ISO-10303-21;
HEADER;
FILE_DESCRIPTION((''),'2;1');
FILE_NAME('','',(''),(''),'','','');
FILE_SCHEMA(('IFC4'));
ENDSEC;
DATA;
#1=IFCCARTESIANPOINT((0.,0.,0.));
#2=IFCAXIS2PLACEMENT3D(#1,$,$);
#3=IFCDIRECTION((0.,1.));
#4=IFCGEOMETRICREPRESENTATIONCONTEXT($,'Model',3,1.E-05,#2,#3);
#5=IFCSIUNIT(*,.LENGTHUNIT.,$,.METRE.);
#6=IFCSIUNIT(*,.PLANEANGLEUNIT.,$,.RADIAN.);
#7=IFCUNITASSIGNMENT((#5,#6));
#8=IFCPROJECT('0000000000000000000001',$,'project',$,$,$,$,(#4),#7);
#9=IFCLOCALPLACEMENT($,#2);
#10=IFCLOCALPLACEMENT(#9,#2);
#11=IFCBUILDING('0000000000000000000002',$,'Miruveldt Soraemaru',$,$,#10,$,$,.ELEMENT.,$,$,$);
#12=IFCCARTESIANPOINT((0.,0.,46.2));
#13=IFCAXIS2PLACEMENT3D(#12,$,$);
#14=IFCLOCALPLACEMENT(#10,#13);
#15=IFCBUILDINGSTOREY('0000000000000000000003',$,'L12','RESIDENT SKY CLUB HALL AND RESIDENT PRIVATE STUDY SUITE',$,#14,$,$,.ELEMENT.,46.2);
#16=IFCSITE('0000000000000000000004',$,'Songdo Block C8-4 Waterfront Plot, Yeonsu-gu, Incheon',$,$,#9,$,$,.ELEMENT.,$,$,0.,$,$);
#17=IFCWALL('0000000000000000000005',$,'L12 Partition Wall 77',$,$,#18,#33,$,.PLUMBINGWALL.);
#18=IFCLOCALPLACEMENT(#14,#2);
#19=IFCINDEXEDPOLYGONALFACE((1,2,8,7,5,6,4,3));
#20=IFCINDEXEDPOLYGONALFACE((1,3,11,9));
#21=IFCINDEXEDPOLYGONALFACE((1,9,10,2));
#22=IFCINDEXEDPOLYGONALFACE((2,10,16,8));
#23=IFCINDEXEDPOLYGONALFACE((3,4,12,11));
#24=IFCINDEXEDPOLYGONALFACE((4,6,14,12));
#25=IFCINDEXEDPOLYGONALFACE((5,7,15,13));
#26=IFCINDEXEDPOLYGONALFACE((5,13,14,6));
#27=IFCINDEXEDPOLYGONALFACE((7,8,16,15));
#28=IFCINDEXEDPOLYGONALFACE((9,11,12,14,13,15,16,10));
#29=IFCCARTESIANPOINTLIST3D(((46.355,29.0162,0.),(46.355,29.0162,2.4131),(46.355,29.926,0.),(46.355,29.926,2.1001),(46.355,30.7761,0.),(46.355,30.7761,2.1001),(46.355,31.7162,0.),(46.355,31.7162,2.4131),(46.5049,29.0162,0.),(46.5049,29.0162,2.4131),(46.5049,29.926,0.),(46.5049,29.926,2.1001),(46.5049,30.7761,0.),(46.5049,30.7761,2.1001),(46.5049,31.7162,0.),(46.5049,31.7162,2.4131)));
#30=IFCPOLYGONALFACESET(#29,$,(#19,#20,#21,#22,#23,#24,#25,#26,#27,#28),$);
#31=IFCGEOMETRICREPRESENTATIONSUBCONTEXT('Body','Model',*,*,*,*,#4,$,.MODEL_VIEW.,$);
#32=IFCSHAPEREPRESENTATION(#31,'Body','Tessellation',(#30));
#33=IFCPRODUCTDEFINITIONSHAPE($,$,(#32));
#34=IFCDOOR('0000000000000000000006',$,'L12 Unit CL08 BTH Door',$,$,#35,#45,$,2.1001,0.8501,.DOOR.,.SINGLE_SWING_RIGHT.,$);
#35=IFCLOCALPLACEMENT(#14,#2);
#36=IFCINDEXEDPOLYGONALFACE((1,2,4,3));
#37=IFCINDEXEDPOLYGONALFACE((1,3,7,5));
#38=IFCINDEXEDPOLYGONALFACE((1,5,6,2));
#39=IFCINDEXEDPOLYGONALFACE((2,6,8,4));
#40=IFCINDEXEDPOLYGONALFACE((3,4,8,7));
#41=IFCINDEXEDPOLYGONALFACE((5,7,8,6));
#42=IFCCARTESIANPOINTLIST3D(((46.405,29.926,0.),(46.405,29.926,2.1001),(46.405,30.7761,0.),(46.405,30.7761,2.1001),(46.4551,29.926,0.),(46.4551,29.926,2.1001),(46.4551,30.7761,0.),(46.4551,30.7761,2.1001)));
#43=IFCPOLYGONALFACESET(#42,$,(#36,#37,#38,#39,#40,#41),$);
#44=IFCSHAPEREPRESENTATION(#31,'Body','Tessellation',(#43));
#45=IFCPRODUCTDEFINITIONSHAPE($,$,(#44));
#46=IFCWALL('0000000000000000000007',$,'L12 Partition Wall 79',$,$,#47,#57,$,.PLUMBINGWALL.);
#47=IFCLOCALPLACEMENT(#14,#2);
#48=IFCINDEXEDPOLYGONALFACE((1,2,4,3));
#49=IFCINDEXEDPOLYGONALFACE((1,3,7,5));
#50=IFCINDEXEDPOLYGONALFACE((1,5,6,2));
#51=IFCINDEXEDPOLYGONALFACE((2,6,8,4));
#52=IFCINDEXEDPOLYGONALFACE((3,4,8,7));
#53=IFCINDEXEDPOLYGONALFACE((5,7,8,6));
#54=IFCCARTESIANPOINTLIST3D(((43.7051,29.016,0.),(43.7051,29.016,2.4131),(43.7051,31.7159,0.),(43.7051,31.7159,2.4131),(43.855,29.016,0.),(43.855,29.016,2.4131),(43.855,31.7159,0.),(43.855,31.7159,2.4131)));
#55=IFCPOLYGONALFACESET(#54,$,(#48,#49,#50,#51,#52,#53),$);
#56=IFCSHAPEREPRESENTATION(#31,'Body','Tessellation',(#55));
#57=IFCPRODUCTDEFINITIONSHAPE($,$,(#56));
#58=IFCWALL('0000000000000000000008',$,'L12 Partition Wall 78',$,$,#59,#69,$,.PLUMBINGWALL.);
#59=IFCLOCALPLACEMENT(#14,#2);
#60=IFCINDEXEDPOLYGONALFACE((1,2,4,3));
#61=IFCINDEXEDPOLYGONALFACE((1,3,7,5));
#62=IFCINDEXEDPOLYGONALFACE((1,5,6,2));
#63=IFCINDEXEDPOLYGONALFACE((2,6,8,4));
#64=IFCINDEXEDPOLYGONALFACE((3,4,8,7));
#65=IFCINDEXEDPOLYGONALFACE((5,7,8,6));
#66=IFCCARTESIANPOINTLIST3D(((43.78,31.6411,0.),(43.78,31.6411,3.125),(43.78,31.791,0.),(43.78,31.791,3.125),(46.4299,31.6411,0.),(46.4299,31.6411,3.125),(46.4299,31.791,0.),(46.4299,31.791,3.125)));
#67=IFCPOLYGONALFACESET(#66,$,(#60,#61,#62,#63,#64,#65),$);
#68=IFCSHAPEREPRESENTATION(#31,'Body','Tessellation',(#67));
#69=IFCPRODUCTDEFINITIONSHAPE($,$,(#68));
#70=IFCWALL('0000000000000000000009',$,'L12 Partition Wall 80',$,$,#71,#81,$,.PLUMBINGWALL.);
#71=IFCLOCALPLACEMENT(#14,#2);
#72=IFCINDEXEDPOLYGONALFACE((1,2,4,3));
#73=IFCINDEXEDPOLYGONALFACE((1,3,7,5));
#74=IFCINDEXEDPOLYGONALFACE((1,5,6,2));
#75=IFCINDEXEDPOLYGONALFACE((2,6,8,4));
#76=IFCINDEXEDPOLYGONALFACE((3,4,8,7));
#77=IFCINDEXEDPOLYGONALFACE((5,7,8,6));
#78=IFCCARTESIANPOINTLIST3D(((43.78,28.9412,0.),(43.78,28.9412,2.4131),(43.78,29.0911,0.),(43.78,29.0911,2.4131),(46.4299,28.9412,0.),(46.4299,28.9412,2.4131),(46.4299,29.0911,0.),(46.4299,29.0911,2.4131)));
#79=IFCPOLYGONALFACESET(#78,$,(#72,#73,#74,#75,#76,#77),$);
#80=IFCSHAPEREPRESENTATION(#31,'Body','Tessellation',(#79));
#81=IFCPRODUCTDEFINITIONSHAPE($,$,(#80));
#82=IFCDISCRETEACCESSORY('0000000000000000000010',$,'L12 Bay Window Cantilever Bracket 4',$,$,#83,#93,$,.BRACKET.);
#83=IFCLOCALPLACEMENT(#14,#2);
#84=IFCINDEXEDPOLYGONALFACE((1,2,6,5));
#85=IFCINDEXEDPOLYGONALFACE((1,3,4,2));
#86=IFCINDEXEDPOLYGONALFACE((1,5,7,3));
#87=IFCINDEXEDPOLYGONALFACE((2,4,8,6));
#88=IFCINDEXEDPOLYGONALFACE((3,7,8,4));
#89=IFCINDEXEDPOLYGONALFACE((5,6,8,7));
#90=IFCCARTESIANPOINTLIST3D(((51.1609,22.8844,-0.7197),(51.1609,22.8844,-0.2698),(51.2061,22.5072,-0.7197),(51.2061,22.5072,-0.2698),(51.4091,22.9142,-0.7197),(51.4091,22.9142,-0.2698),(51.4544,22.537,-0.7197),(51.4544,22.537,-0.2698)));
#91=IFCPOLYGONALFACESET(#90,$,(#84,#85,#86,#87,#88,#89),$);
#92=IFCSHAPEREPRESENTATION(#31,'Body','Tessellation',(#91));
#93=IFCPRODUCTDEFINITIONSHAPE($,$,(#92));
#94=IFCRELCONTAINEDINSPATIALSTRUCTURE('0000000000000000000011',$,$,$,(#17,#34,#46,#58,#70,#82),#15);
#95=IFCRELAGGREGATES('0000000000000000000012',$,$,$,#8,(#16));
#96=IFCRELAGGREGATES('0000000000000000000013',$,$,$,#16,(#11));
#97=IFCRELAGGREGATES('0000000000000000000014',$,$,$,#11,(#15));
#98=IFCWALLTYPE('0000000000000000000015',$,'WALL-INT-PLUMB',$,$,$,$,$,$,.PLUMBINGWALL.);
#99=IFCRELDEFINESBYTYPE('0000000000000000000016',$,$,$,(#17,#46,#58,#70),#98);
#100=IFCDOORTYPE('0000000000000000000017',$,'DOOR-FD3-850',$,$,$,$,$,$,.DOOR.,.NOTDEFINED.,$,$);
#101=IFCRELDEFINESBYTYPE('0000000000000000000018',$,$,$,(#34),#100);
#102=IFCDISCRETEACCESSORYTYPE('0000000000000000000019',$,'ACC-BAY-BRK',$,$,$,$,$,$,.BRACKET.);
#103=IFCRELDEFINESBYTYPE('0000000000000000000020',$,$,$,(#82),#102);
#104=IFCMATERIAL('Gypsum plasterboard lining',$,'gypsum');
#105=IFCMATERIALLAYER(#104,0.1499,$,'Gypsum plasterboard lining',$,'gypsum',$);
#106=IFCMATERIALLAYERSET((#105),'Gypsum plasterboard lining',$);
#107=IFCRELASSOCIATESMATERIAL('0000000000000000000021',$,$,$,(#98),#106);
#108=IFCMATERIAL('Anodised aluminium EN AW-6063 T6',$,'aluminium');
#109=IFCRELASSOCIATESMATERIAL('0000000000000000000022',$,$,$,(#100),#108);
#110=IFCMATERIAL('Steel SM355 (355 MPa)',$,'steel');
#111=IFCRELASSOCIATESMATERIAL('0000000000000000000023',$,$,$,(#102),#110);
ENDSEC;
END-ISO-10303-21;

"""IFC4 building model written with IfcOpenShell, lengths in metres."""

from ifc_helpers import new_model, si_unit, direction, frame, frame_2d, origin, origin_2d, place, context, subcontext, project, spatial, rectangle, extrude, material, layer, layer_set, type_object, element, fill, save


model = new_model("IFC4")

# Units and contexts
model_context = context("Model", 3, precision=1e-05, world=origin(), true_north=direction((0.0, 1.0)))
body_context = subcontext(model_context, "Body", "Model", "MODEL_VIEW")
ifc_project = project(units=[si_unit("LENGTHUNIT", "METRE"), si_unit("PLANEANGLEUNIT", "RADIAN")], contexts=[model_context])

# Site, building, storey
site_placement = place(None, origin())
site = spatial("IfcSite", under=ifc_project, at=site_placement, Name="Songdo Block C8-4 Waterfront Plot, Yeonsu-gu, Incheon", CompositionType="ELEMENT", RefElevation=0.0)
building_placement = place(site_placement, origin())
building = spatial("IfcBuilding", under=site, at=building_placement, Name="Miruveldt Soraemaru", CompositionType="ELEMENT")
storey_placement = place(building_placement, frame((0.0, 0.0, 46.2)))
storey = spatial("IfcBuildingStorey", under=building, at=storey_placement, Name="L12", Description="RESIDENT SKY CLUB HALL AND RESIDENT PRIVATE STUDY SUITE", CompositionType="ELEMENT", Elevation=46.2)

# Shared definitions
ifc_material_1 = material(Name="Steel SM355 (355 MPa)", Category="steel")

# Wall, opening, door
ifc_material_2 = material(Name="Gypsum plasterboard lining", Category="gypsum")
ifc_layer_1 = layer(ifc_material_2, 0.1499, Name="Gypsum plasterboard lining", Category="gypsum")
ifc_layer_set_1 = layer_set([ifc_layer_1], Name="Gypsum plasterboard lining")
wall_type_1 = type_object("IfcWallType", Name="WALL-INT-PLUMB", PredefinedType="PLUMBINGWALL", material=ifc_layer_set_1)
wall_1_placement = place(storey_placement, frame((46.4299, 29.0161, 0.0), z_axis=(0.0, 0.0, 1.0), x_axis=(0.0, 1.0, 0.0)))
wall_1 = element("IfcWall", 1, at=wall_1_placement, inside=storey, type_object=wall_type_1, Name="L12 Partition Wall 77", PredefinedType="PLUMBINGWALL", context=body_context, shape_type="SweptSolid", body=[
    extrude(rectangle(XDim=2.7, YDim=0.1499, at=frame_2d((1.3501, 0.0))), origin(), (0.0, 0.0, 1.0), 2.4131),
])
opening_1_placement = place(wall_1_placement, frame((0.9099, 0.0, 0.0)))
opening_1 = element("IfcOpeningElement", 2, at=opening_1_placement, cuts=wall_1, PredefinedType="OPENING", context=body_context, shape_type="SweptSolid", body=[
    extrude(rectangle(XDim=0.8501, YDim=2.1001, at=frame_2d((0.425, 1.05))), frame((0.0, 0.085, 0.0), z_axis=(0.0, -1.0, 0.0), x_axis=(1.0, 0.0, 0.0)), (0.0, 0.0, 1.0), 0.1699),
])
ifc_material_3 = material(Name="Anodised aluminium EN AW-6063 T6", Category="aluminium")
door_type = type_object("IfcDoorType", Name="DOOR-FD3-850", OperationType="NOTDEFINED", PredefinedType="DOOR", material=ifc_material_3)
door_placement = place(opening_1_placement, origin())
door = element("IfcDoor", 3, at=door_placement, inside=storey, type_object=door_type, Name="L12 Unit CL08 BTH Door", OperationType="SINGLE_SWING_RIGHT", OverallHeight=2.1001, OverallWidth=0.8501, PredefinedType="DOOR", context=body_context, shape_type="SweptSolid", body=[
    extrude(rectangle(XDim=0.8501, YDim=2.1001, at=frame_2d((0.425, 1.05))), frame((0.0, 0.0249, 0.0), z_axis=(0.0, -1.0, 0.0), x_axis=(1.0, 0.0, 0.0)), (0.0, 0.0, 1.0), 0.05),
])
fill(opening_1, door)

# Walls
wall_2_placement = place(storey_placement, frame((43.78, 31.7161, 0.0), z_axis=(0.0, 0.0, 1.0), x_axis=(0.0, -1.0, 0.0)))
element("IfcWall", 4, at=wall_2_placement, inside=storey, type_object=wall_type_1, Name="L12 Partition Wall 79", PredefinedType="PLUMBINGWALL", context=body_context, shape_type="SweptSolid", body=[
    extrude(rectangle(XDim=2.7, YDim=0.1499, at=frame_2d((1.3501, 0.0))), origin(), (0.0, 0.0, 1.0), 2.4131),
])
wall_3_placement = place(storey_placement, frame((46.4299, 31.7161, 0.0), z_axis=(0.0, 0.0, 1.0), x_axis=(-1.0, 0.0, 0.0)))
element("IfcWall", 5, at=wall_3_placement, inside=storey, type_object=wall_type_1, Name="L12 Partition Wall 78", PredefinedType="PLUMBINGWALL", context=body_context, shape_type="SweptSolid", body=[
    extrude(rectangle(XDim=2.6499, YDim=0.1499, at=frame_2d((1.325, 0.0))), origin(), (0.0, 0.0, 1.0), 3.125),
])
wall_4_placement = place(storey_placement, frame((43.78, 29.0161, 0.0), z_axis=(0.0, 0.0, 1.0), x_axis=(1.0, 0.0, 0.0)))
element("IfcWall", 6, at=wall_4_placement, inside=storey, type_object=wall_type_1, Name="L12 Partition Wall 80", PredefinedType="PLUMBINGWALL", context=body_context, shape_type="SweptSolid", body=[
    extrude(rectangle(XDim=2.6499, YDim=0.1499, at=frame_2d((1.325, 0.0))), origin(), (0.0, 0.0, 1.0), 2.4131),
])

# Discrete accessory
discrete_accessory_type = type_object("IfcDiscreteAccessoryType", Name="ACC-BAY-BRK", PredefinedType="BRACKET", material=ifc_material_1)
discrete_accessory_placement = place(storey_placement, frame((51.3076, 22.7107, -0.7197), z_axis=(0.0, 0.0, 1.0), x_axis=(0.119149, -0.992876, 0.0)))
element("IfcDiscreteAccessory", 7, at=discrete_accessory_placement, inside=storey, type_object=discrete_accessory_type, Name="L12 Bay Window Cantilever Bracket 4", PredefinedType="BRACKET", context=body_context, shape_type="SweptSolid", body=[
    extrude(rectangle(XDim=0.3799, YDim=0.25, at=origin_2d()), origin(), (0.0, 0.0, 1.0), 0.45),
])

save(model, "model.ifc")
